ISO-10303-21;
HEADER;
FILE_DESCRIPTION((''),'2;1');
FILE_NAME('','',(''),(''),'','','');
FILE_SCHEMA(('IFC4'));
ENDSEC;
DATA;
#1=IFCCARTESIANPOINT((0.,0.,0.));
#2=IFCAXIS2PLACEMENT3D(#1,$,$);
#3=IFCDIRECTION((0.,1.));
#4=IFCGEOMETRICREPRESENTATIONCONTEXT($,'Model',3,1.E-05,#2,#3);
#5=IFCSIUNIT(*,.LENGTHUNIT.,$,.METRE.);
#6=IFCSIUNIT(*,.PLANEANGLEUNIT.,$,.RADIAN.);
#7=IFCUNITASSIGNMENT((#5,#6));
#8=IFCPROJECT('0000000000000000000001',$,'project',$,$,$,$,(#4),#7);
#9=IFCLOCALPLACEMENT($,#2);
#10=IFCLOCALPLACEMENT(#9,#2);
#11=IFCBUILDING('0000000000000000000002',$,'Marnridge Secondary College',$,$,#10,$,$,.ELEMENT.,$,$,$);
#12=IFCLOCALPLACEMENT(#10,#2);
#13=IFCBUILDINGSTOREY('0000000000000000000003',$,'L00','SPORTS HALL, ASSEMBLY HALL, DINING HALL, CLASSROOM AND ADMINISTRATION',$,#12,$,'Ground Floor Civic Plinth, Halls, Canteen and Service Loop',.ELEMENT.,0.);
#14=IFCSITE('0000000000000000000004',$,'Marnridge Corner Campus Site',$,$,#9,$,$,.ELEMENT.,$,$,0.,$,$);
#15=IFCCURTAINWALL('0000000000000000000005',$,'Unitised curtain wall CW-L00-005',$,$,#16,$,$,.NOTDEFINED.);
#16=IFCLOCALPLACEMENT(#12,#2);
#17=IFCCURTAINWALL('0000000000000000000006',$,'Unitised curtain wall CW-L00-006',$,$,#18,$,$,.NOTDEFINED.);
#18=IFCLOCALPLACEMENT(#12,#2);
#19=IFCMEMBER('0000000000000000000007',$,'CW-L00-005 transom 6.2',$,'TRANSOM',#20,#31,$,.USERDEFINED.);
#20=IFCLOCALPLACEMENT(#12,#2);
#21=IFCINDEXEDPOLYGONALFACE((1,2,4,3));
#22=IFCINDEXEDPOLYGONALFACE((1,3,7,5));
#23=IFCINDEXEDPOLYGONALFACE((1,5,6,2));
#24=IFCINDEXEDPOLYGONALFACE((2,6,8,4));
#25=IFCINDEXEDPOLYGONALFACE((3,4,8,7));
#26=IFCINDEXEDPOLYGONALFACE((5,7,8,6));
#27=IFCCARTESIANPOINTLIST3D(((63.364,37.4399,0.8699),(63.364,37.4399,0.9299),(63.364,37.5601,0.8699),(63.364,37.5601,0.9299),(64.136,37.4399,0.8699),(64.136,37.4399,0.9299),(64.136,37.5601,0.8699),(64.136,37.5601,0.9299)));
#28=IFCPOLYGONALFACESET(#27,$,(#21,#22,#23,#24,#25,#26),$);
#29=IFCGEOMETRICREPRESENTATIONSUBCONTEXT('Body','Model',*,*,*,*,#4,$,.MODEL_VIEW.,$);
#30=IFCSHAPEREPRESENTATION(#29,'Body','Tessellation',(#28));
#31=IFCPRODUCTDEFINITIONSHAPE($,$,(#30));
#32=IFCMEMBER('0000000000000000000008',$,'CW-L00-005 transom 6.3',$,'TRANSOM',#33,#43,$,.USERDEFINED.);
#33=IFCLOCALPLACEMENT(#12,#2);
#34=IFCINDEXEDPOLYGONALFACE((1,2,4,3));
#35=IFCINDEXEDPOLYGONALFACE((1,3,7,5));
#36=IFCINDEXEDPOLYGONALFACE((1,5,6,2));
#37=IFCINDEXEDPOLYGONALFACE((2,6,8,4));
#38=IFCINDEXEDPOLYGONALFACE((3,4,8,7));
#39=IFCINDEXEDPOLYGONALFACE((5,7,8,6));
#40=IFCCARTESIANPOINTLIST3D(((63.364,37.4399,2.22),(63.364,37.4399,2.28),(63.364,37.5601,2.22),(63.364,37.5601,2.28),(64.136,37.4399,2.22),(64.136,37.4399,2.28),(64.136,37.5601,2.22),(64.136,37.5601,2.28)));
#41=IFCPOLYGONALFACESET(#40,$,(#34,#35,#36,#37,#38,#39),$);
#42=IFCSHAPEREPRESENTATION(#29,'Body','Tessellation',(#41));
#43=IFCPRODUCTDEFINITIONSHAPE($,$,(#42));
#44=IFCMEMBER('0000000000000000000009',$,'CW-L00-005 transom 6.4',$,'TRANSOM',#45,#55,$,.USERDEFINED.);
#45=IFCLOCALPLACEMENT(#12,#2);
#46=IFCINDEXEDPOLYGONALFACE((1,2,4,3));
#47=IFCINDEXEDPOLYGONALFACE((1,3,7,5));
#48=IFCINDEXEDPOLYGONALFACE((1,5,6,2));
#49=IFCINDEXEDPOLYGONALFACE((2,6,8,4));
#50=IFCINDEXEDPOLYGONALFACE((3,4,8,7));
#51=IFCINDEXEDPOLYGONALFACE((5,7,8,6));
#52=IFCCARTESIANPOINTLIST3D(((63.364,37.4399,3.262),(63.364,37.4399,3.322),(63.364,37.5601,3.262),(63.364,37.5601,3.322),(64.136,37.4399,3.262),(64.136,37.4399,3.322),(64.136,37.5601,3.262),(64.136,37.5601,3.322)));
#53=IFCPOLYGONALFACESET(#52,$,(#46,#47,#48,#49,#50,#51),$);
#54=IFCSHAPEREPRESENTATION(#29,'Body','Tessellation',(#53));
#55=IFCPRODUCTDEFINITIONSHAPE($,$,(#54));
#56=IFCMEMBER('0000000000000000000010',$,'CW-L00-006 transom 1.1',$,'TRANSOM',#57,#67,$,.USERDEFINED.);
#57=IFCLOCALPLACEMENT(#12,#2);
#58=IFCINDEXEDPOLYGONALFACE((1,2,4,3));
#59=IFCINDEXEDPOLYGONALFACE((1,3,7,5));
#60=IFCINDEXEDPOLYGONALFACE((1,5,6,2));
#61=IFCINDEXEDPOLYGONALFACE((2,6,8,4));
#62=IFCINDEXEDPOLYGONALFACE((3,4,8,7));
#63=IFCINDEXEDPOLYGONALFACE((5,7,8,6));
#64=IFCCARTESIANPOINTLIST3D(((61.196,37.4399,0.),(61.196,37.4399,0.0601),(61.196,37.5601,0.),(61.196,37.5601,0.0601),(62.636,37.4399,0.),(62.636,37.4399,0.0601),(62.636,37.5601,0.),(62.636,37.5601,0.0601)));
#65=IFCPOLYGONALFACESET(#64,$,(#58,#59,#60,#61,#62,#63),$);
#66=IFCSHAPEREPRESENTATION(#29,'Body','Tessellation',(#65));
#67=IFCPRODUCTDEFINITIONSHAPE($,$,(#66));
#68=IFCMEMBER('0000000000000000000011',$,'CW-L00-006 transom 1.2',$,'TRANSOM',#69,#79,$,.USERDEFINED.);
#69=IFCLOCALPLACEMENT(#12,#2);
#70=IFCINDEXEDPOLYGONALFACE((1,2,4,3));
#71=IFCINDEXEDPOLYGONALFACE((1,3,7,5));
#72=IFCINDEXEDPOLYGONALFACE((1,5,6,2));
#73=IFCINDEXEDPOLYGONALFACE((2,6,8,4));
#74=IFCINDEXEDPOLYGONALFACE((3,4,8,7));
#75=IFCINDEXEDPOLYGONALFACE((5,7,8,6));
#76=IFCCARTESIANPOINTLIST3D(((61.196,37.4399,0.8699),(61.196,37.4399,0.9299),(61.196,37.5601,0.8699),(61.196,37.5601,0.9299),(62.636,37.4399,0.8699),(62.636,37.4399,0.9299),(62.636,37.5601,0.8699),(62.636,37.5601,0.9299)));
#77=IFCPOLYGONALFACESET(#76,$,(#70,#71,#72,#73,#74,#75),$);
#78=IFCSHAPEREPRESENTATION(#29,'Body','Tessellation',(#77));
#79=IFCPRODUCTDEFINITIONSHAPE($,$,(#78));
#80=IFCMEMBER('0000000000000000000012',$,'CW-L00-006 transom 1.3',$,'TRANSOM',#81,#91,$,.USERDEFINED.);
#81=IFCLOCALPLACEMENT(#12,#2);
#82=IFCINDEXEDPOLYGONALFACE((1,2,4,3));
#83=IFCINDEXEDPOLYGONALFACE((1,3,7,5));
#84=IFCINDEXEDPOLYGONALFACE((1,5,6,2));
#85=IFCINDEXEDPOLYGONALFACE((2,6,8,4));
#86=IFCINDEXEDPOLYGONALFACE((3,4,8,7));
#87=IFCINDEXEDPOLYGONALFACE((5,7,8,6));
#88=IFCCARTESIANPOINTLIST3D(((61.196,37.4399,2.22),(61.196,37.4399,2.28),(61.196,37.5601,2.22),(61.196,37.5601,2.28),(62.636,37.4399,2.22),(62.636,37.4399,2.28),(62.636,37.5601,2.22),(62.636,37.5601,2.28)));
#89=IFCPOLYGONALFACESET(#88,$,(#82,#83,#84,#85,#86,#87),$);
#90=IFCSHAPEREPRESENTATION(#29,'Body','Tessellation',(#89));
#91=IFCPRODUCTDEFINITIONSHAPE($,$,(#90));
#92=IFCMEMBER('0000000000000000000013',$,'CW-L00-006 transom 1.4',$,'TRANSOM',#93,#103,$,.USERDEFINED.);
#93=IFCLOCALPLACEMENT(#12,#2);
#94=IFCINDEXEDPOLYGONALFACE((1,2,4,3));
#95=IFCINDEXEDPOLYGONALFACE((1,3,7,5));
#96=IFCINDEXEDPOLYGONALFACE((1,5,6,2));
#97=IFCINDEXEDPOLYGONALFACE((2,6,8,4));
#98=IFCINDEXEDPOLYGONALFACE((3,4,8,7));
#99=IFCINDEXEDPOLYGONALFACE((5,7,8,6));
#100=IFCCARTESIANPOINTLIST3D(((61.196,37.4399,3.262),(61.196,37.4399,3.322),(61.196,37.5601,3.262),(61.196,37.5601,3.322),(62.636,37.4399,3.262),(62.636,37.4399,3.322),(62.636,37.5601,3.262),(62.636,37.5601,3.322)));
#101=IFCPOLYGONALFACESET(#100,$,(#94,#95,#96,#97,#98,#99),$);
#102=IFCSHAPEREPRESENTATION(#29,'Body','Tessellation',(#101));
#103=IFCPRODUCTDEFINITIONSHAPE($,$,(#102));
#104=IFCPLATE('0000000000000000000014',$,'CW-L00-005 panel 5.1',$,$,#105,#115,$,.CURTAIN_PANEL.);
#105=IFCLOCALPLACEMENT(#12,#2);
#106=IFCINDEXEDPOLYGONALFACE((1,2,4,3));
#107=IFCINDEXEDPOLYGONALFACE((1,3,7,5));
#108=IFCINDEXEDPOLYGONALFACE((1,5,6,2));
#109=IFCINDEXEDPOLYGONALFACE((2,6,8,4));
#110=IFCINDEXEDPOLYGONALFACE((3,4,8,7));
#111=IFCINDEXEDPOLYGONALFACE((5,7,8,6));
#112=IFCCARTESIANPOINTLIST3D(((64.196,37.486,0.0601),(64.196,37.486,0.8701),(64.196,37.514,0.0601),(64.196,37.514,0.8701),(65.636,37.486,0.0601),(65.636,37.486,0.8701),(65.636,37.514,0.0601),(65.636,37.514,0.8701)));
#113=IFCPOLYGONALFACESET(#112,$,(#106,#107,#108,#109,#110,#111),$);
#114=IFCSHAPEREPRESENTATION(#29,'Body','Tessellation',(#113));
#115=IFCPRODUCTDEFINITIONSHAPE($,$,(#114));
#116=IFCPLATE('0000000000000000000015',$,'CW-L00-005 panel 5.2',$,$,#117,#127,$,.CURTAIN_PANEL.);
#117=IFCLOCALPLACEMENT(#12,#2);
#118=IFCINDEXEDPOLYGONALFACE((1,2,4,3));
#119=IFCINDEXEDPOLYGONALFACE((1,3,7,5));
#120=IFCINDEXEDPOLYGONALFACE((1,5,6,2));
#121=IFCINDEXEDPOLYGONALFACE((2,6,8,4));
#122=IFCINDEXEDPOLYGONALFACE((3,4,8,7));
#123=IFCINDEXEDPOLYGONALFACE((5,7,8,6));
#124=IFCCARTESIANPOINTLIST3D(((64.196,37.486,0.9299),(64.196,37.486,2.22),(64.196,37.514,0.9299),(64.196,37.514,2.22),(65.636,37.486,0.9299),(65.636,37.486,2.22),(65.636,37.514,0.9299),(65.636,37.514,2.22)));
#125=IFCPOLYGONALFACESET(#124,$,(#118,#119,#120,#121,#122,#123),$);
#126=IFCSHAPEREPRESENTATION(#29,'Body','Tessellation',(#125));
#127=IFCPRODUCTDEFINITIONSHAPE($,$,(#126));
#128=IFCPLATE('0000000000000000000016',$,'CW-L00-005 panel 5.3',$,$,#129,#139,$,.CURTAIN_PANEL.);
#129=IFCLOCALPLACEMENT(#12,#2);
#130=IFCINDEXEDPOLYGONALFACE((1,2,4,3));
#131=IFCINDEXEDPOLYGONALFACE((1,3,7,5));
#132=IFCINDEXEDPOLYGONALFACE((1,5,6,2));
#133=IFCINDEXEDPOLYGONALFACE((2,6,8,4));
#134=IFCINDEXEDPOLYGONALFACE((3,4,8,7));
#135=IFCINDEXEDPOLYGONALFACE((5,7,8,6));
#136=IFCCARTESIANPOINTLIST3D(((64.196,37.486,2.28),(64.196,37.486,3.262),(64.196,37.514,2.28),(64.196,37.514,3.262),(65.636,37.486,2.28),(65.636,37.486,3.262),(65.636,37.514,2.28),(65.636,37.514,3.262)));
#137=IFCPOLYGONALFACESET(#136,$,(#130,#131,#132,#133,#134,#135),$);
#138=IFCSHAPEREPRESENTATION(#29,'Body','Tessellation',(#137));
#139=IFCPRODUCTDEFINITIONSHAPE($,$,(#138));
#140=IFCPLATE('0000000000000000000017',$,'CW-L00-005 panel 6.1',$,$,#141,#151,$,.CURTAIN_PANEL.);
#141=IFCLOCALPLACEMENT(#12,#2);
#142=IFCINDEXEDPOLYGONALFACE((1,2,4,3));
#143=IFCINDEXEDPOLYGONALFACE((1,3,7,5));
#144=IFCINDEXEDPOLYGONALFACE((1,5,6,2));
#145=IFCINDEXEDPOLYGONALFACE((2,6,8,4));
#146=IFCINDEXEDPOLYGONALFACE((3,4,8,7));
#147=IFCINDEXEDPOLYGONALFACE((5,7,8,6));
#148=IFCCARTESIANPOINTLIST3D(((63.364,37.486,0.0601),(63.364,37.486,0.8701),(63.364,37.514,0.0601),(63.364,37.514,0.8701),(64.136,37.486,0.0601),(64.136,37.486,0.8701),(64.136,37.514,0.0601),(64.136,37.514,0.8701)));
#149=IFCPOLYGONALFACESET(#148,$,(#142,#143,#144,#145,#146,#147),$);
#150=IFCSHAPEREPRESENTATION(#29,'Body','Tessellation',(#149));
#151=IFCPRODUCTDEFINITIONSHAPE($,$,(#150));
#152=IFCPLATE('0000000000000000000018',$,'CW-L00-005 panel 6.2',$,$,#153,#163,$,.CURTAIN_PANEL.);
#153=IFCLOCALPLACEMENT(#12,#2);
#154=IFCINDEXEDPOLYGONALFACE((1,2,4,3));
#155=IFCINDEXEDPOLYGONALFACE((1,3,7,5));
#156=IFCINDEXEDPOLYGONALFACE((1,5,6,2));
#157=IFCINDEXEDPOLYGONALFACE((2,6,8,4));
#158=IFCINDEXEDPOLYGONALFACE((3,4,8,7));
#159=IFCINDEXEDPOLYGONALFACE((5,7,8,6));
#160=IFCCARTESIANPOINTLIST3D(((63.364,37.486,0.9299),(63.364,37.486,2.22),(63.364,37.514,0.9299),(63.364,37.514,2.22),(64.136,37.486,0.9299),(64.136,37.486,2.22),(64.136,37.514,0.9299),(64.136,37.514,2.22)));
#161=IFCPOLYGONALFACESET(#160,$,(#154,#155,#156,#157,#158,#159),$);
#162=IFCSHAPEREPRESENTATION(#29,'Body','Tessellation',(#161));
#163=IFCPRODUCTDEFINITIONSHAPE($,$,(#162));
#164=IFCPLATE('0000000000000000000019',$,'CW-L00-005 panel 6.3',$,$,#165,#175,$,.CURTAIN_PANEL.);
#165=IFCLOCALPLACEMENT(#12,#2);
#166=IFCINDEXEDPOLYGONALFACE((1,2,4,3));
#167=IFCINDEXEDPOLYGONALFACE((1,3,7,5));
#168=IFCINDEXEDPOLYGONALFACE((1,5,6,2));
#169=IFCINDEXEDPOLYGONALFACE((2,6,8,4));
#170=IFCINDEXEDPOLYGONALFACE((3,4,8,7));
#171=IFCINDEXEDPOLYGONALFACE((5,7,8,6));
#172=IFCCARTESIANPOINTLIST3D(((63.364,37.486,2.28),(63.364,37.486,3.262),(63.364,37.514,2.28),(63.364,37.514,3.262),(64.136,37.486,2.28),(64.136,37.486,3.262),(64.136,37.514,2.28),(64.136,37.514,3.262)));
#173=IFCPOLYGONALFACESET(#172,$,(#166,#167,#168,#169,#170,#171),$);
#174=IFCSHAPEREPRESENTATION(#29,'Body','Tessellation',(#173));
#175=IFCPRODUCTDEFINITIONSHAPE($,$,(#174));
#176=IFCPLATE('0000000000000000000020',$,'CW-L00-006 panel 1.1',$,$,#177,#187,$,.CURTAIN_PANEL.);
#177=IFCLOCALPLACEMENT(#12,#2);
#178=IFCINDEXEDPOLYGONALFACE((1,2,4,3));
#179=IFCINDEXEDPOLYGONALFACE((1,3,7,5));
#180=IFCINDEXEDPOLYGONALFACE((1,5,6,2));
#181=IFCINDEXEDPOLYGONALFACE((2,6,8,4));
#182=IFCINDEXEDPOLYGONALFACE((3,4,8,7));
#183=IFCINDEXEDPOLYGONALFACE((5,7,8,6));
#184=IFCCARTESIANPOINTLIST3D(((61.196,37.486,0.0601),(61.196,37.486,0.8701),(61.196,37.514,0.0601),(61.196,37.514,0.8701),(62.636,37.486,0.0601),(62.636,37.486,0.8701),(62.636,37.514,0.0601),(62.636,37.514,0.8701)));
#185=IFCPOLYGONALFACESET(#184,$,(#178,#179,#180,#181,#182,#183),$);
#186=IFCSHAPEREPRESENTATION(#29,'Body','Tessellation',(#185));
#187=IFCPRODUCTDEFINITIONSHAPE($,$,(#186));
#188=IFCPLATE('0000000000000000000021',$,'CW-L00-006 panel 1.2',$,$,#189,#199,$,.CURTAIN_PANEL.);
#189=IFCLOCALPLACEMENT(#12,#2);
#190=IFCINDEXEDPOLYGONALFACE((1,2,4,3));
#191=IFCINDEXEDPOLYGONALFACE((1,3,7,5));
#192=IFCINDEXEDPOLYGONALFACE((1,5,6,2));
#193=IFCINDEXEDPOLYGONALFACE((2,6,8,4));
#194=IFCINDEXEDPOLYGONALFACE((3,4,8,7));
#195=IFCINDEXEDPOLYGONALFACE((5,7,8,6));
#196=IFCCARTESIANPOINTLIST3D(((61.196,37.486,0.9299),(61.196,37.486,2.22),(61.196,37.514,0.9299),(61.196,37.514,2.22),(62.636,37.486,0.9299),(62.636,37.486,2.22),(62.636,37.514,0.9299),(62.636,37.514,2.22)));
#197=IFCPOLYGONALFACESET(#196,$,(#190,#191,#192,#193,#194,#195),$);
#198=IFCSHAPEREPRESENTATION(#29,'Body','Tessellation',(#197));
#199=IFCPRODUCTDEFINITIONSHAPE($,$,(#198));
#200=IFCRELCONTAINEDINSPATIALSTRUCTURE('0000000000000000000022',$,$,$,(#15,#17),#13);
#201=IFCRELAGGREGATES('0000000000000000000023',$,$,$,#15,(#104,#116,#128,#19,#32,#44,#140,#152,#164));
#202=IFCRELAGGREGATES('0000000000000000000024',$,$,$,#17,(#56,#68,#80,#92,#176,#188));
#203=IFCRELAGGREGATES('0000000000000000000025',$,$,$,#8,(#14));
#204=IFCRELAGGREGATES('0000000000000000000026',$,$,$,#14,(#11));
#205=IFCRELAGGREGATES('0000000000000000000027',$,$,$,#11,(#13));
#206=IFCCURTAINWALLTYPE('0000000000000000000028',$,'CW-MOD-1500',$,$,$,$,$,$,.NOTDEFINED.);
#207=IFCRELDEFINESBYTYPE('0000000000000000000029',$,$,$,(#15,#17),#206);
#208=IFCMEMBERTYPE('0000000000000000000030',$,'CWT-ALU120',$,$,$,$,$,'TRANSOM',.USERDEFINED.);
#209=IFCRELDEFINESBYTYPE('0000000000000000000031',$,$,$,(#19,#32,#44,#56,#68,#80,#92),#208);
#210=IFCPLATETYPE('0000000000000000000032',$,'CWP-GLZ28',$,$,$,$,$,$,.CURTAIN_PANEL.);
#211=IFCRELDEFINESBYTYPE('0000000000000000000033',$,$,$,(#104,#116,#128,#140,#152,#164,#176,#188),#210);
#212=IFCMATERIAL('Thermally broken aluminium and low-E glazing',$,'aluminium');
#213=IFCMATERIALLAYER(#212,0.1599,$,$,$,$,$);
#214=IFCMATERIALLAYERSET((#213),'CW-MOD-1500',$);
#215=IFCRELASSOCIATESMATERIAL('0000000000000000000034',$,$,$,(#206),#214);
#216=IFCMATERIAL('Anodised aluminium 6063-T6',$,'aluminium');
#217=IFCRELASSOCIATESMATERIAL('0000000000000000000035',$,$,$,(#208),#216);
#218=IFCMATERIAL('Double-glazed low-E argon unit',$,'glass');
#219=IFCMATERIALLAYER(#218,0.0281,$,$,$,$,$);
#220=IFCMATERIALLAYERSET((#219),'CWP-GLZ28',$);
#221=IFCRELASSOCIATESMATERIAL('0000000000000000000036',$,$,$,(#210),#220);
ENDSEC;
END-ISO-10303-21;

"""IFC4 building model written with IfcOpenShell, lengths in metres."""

from ifc_helpers import new_model, si_unit, direction, frame, origin, origin_2d, place, context, subcontext, project, spatial, rectangle, extrude, material, layer, layer_set, material_profile, profile_set, type_object, element, aggregate, save


model = new_model("IFC4")

# Units and contexts
model_context = context("Model", 3, precision=1e-05, world=origin(), true_north=direction((0.0, 1.0)))
body_context = subcontext(model_context, "Body", "Model", "MODEL_VIEW")
ifc_project = project(units=[si_unit("LENGTHUNIT", "METRE"), si_unit("PLANEANGLEUNIT", "RADIAN")], contexts=[model_context])

# Site, building, storey
site_placement = place(None, origin())
site = spatial("IfcSite", under=ifc_project, at=site_placement, Name="Marnridge Corner Campus Site", CompositionType="ELEMENT", RefElevation=0.0)
building_placement = place(site_placement, origin())
building = spatial("IfcBuilding", under=site, at=building_placement, Name="Marnridge Secondary College", CompositionType="ELEMENT")
storey_placement = place(building_placement, origin())
storey = spatial("IfcBuildingStorey", under=building, at=storey_placement, Name="L00", Description="SPORTS HALL, ASSEMBLY HALL, DINING HALL, CLASSROOM AND ADMINISTRATION", LongName="Ground Floor Civic Plinth, Halls, Canteen and Service Loop", CompositionType="ELEMENT", Elevation=0.0)

# Curtain wall
ifc_material_1 = material(Name="Thermally broken aluminium and low-E glazing", Category="aluminium")
ifc_layer_1 = layer(ifc_material_1, 0.1599)
ifc_layer_set_1 = layer_set([ifc_layer_1], Name="CW-MOD-1500")
curtain_wall_type = type_object("IfcCurtainWallType", Name="CW-MOD-1500", PredefinedType="NOTDEFINED", material=ifc_layer_set_1)
curtain_wall_1_placement = place(storey_placement, origin())
curtain_wall_1 = element("IfcCurtainWall", 1, at=curtain_wall_1_placement, inside=storey, type_object=curtain_wall_type, Name="Unitised curtain wall CW-L00-005", PredefinedType="NOTDEFINED")

# Curtain wall
curtain_wall_2_placement = place(storey_placement, origin())
curtain_wall_2 = element("IfcCurtainWall", 2, at=curtain_wall_2_placement, inside=storey, type_object=curtain_wall_type, Name="Unitised curtain wall CW-L00-006", PredefinedType="NOTDEFINED")

# Members
ifc_material_2 = material(Name="Anodised aluminium 6063-T6", Category="aluminium")
ifc_material_profile_1 = material_profile(ifc_material_2, rectangle(XDim=0.0601, YDim=0.1201, at=origin_2d()), Name="ALU 60x120")
ifc_profile_set_1 = profile_set([ifc_material_profile_1], Name="Anodised aluminium 6063-T6")
member_type_1 = type_object("IfcMemberType", Name="CWT-ALU120", ElementType="TRANSOM", PredefinedType="USERDEFINED", material=ifc_profile_set_1)
member_1_placement = place(storey_placement, frame((64.136, 37.5, 0.8999), z_axis=(-1.0, 0.0, 0.0), x_axis=(0.0, 0.0, 1.0)))
member_1 = element("IfcMember", 3, at=member_1_placement, type_object=member_type_1, Name="CW-L00-005 transom 6.2", ObjectType="TRANSOM", PredefinedType="USERDEFINED", context=body_context, shape_type="SweptSolid", body=[
    extrude(rectangle(XDim=0.0601, YDim=0.1201, at=origin_2d()), origin(), (0.0, 0.0, 1.0), 0.772),
])
member_2_placement = place(storey_placement, frame((64.136, 37.5, 2.25), z_axis=(-1.0, 0.0, 0.0), x_axis=(0.0, 0.0, 1.0)))
member_2 = element("IfcMember", 4, at=member_2_placement, type_object=member_type_1, Name="CW-L00-005 transom 6.3", ObjectType="TRANSOM", PredefinedType="USERDEFINED", context=body_context, shape_type="SweptSolid", body=[
    extrude(rectangle(XDim=0.0601, YDim=0.1201, at=origin_2d()), origin(), (0.0, 0.0, 1.0), 0.772),
])
member_3_placement = place(storey_placement, frame((64.136, 37.5, 3.292), z_axis=(-1.0, 0.0, 0.0), x_axis=(0.0, 0.0, 1.0)))
member_3 = element("IfcMember", 5, at=member_3_placement, type_object=member_type_1, Name="CW-L00-005 transom 6.4", ObjectType="TRANSOM", PredefinedType="USERDEFINED", context=body_context, shape_type="SweptSolid", body=[
    extrude(rectangle(XDim=0.0601, YDim=0.1201, at=origin_2d()), origin(), (0.0, 0.0, 1.0), 0.772),
])
member_4_placement = place(storey_placement, frame((62.636, 37.5, 0.03), z_axis=(-1.0, 0.0, 0.0), x_axis=(0.0, 0.0, 1.0)))
member_4 = element("IfcMember", 6, at=member_4_placement, type_object=member_type_1, Name="CW-L00-006 transom 1.1", ObjectType="TRANSOM", PredefinedType="USERDEFINED", context=body_context, shape_type="SweptSolid", body=[
    extrude(rectangle(XDim=0.0601, YDim=0.1201, at=origin_2d()), origin(), (0.0, 0.0, 1.0), 1.4399),
])
member_5_placement = place(storey_placement, frame((62.636, 37.5, 0.8999), z_axis=(-1.0, 0.0, 0.0), x_axis=(0.0, 0.0, 1.0)))
member_5 = element("IfcMember", 7, at=member_5_placement, type_object=member_type_1, Name="CW-L00-006 transom 1.2", ObjectType="TRANSOM", PredefinedType="USERDEFINED", context=body_context, shape_type="SweptSolid", body=[
    extrude(rectangle(XDim=0.0601, YDim=0.1201, at=origin_2d()), origin(), (0.0, 0.0, 1.0), 1.4399),
])
member_6_placement = place(storey_placement, frame((62.636, 37.5, 2.25), z_axis=(-1.0, 0.0, 0.0), x_axis=(0.0, 0.0, 1.0)))
member_6 = element("IfcMember", 8, at=member_6_placement, type_object=member_type_1, Name="CW-L00-006 transom 1.3", ObjectType="TRANSOM", PredefinedType="USERDEFINED", context=body_context, shape_type="SweptSolid", body=[
    extrude(rectangle(XDim=0.0601, YDim=0.1201, at=origin_2d()), origin(), (0.0, 0.0, 1.0), 1.4399),
])
member_7_placement = place(storey_placement, frame((62.636, 37.5, 3.292), z_axis=(-1.0, 0.0, 0.0), x_axis=(0.0, 0.0, 1.0)))
member_7 = element("IfcMember", 9, at=member_7_placement, type_object=member_type_1, Name="CW-L00-006 transom 1.4", ObjectType="TRANSOM", PredefinedType="USERDEFINED", context=body_context, shape_type="SweptSolid", body=[
    extrude(rectangle(XDim=0.0601, YDim=0.1201, at=origin_2d()), origin(), (0.0, 0.0, 1.0), 1.4399),
])

# Plates
ifc_material_3 = material(Name="Double-glazed low-E argon unit", Category="glass")
ifc_layer_2 = layer(ifc_material_3, 0.0281)
ifc_layer_set_2 = layer_set([ifc_layer_2], Name="CWP-GLZ28")
plate_type = type_object("IfcPlateType", Name="CWP-GLZ28", PredefinedType="CURTAIN_PANEL", material=ifc_layer_set_2)
plate_1_placement = place(storey_placement, frame((64.916, 37.5, 0.0601), z_axis=(0.0, 0.0, 1.0), x_axis=(-1.0, 0.0, 0.0)))
plate_1 = element("IfcPlate", 10, at=plate_1_placement, type_object=plate_type, Name="CW-L00-005 panel 5.1", PredefinedType="CURTAIN_PANEL", context=body_context, shape_type="SweptSolid", body=[
    extrude(rectangle(XDim=1.4399, YDim=0.0281, at=origin_2d()), origin(), (0.0, 0.0, 1.0), 0.8101),
])
plate_2_placement = place(storey_placement, frame((64.916, 37.5, 0.9299), z_axis=(0.0, 0.0, 1.0), x_axis=(-1.0, 0.0, 0.0)))
plate_2 = element("IfcPlate", 11, at=plate_2_placement, type_object=plate_type, Name="CW-L00-005 panel 5.2", PredefinedType="CURTAIN_PANEL", context=body_context, shape_type="SweptSolid", body=[
    extrude(rectangle(XDim=1.4399, YDim=0.0281, at=origin_2d()), origin(), (0.0, 0.0, 1.0), 1.29),
])
plate_3_placement = place(storey_placement, frame((64.916, 37.5, 2.28), z_axis=(0.0, 0.0, 1.0), x_axis=(-1.0, 0.0, 0.0)))
plate_3 = element("IfcPlate", 12, at=plate_3_placement, type_object=plate_type, Name="CW-L00-005 panel 5.3", PredefinedType="CURTAIN_PANEL", context=body_context, shape_type="SweptSolid", body=[
    extrude(rectangle(XDim=1.4399, YDim=0.0281, at=origin_2d()), origin(), (0.0, 0.0, 1.0), 0.9819),
])
plate_4_placement = place(storey_placement, frame((63.75, 37.5, 0.0601), z_axis=(0.0, 0.0, 1.0), x_axis=(-1.0, 0.0, 0.0)))
plate_4 = element("IfcPlate", 13, at=plate_4_placement, type_object=plate_type, Name="CW-L00-005 panel 6.1", PredefinedType="CURTAIN_PANEL", context=body_context, shape_type="SweptSolid", body=[
    extrude(rectangle(XDim=0.772, YDim=0.0281, at=origin_2d()), origin(), (0.0, 0.0, 1.0), 0.8101),
])
plate_5_placement = place(storey_placement, frame((63.75, 37.5, 0.9299), z_axis=(0.0, 0.0, 1.0), x_axis=(-1.0, 0.0, 0.0)))
plate_5 = element("IfcPlate", 14, at=plate_5_placement, type_object=plate_type, Name="CW-L00-005 panel 6.2", PredefinedType="CURTAIN_PANEL", context=body_context, shape_type="SweptSolid", body=[
    extrude(rectangle(XDim=0.772, YDim=0.0281, at=origin_2d()), origin(), (0.0, 0.0, 1.0), 1.29),
])
plate_6_placement = place(storey_placement, frame((63.75, 37.5, 2.28), z_axis=(0.0, 0.0, 1.0), x_axis=(-1.0, 0.0, 0.0)))
plate_6 = element("IfcPlate", 15, at=plate_6_placement, type_object=plate_type, Name="CW-L00-005 panel 6.3", PredefinedType="CURTAIN_PANEL", context=body_context, shape_type="SweptSolid", body=[
    extrude(rectangle(XDim=0.772, YDim=0.0281, at=origin_2d()), origin(), (0.0, 0.0, 1.0), 0.9819),
])
aggregate(curtain_wall_1, [plate_1, plate_2, plate_3, member_1, member_2, member_3, plate_4, plate_5, plate_6])
plate_7_placement = place(storey_placement, frame((61.916, 37.5, 0.0601), z_axis=(0.0, 0.0, 1.0), x_axis=(-1.0, 0.0, 0.0)))
plate_7 = element("IfcPlate", 16, at=plate_7_placement, type_object=plate_type, Name="CW-L00-006 panel 1.1", PredefinedType="CURTAIN_PANEL", context=body_context, shape_type="SweptSolid", body=[
    extrude(rectangle(XDim=1.4399, YDim=0.0281, at=origin_2d()), origin(), (0.0, 0.0, 1.0), 0.8101),
])
plate_8_placement = place(storey_placement, frame((61.916, 37.5, 0.9299), z_axis=(0.0, 0.0, 1.0), x_axis=(-1.0, 0.0, 0.0)))
plate_8 = element("IfcPlate", 17, at=plate_8_placement, type_object=plate_type, Name="CW-L00-006 panel 1.2", PredefinedType="CURTAIN_PANEL", context=body_context, shape_type="SweptSolid", body=[
    extrude(rectangle(XDim=1.4399, YDim=0.0281, at=origin_2d()), origin(), (0.0, 0.0, 1.0), 1.29),
])
aggregate(curtain_wall_2, [member_4, member_5, member_6, member_7, plate_7, plate_8])

save(model, "model.ifc")
